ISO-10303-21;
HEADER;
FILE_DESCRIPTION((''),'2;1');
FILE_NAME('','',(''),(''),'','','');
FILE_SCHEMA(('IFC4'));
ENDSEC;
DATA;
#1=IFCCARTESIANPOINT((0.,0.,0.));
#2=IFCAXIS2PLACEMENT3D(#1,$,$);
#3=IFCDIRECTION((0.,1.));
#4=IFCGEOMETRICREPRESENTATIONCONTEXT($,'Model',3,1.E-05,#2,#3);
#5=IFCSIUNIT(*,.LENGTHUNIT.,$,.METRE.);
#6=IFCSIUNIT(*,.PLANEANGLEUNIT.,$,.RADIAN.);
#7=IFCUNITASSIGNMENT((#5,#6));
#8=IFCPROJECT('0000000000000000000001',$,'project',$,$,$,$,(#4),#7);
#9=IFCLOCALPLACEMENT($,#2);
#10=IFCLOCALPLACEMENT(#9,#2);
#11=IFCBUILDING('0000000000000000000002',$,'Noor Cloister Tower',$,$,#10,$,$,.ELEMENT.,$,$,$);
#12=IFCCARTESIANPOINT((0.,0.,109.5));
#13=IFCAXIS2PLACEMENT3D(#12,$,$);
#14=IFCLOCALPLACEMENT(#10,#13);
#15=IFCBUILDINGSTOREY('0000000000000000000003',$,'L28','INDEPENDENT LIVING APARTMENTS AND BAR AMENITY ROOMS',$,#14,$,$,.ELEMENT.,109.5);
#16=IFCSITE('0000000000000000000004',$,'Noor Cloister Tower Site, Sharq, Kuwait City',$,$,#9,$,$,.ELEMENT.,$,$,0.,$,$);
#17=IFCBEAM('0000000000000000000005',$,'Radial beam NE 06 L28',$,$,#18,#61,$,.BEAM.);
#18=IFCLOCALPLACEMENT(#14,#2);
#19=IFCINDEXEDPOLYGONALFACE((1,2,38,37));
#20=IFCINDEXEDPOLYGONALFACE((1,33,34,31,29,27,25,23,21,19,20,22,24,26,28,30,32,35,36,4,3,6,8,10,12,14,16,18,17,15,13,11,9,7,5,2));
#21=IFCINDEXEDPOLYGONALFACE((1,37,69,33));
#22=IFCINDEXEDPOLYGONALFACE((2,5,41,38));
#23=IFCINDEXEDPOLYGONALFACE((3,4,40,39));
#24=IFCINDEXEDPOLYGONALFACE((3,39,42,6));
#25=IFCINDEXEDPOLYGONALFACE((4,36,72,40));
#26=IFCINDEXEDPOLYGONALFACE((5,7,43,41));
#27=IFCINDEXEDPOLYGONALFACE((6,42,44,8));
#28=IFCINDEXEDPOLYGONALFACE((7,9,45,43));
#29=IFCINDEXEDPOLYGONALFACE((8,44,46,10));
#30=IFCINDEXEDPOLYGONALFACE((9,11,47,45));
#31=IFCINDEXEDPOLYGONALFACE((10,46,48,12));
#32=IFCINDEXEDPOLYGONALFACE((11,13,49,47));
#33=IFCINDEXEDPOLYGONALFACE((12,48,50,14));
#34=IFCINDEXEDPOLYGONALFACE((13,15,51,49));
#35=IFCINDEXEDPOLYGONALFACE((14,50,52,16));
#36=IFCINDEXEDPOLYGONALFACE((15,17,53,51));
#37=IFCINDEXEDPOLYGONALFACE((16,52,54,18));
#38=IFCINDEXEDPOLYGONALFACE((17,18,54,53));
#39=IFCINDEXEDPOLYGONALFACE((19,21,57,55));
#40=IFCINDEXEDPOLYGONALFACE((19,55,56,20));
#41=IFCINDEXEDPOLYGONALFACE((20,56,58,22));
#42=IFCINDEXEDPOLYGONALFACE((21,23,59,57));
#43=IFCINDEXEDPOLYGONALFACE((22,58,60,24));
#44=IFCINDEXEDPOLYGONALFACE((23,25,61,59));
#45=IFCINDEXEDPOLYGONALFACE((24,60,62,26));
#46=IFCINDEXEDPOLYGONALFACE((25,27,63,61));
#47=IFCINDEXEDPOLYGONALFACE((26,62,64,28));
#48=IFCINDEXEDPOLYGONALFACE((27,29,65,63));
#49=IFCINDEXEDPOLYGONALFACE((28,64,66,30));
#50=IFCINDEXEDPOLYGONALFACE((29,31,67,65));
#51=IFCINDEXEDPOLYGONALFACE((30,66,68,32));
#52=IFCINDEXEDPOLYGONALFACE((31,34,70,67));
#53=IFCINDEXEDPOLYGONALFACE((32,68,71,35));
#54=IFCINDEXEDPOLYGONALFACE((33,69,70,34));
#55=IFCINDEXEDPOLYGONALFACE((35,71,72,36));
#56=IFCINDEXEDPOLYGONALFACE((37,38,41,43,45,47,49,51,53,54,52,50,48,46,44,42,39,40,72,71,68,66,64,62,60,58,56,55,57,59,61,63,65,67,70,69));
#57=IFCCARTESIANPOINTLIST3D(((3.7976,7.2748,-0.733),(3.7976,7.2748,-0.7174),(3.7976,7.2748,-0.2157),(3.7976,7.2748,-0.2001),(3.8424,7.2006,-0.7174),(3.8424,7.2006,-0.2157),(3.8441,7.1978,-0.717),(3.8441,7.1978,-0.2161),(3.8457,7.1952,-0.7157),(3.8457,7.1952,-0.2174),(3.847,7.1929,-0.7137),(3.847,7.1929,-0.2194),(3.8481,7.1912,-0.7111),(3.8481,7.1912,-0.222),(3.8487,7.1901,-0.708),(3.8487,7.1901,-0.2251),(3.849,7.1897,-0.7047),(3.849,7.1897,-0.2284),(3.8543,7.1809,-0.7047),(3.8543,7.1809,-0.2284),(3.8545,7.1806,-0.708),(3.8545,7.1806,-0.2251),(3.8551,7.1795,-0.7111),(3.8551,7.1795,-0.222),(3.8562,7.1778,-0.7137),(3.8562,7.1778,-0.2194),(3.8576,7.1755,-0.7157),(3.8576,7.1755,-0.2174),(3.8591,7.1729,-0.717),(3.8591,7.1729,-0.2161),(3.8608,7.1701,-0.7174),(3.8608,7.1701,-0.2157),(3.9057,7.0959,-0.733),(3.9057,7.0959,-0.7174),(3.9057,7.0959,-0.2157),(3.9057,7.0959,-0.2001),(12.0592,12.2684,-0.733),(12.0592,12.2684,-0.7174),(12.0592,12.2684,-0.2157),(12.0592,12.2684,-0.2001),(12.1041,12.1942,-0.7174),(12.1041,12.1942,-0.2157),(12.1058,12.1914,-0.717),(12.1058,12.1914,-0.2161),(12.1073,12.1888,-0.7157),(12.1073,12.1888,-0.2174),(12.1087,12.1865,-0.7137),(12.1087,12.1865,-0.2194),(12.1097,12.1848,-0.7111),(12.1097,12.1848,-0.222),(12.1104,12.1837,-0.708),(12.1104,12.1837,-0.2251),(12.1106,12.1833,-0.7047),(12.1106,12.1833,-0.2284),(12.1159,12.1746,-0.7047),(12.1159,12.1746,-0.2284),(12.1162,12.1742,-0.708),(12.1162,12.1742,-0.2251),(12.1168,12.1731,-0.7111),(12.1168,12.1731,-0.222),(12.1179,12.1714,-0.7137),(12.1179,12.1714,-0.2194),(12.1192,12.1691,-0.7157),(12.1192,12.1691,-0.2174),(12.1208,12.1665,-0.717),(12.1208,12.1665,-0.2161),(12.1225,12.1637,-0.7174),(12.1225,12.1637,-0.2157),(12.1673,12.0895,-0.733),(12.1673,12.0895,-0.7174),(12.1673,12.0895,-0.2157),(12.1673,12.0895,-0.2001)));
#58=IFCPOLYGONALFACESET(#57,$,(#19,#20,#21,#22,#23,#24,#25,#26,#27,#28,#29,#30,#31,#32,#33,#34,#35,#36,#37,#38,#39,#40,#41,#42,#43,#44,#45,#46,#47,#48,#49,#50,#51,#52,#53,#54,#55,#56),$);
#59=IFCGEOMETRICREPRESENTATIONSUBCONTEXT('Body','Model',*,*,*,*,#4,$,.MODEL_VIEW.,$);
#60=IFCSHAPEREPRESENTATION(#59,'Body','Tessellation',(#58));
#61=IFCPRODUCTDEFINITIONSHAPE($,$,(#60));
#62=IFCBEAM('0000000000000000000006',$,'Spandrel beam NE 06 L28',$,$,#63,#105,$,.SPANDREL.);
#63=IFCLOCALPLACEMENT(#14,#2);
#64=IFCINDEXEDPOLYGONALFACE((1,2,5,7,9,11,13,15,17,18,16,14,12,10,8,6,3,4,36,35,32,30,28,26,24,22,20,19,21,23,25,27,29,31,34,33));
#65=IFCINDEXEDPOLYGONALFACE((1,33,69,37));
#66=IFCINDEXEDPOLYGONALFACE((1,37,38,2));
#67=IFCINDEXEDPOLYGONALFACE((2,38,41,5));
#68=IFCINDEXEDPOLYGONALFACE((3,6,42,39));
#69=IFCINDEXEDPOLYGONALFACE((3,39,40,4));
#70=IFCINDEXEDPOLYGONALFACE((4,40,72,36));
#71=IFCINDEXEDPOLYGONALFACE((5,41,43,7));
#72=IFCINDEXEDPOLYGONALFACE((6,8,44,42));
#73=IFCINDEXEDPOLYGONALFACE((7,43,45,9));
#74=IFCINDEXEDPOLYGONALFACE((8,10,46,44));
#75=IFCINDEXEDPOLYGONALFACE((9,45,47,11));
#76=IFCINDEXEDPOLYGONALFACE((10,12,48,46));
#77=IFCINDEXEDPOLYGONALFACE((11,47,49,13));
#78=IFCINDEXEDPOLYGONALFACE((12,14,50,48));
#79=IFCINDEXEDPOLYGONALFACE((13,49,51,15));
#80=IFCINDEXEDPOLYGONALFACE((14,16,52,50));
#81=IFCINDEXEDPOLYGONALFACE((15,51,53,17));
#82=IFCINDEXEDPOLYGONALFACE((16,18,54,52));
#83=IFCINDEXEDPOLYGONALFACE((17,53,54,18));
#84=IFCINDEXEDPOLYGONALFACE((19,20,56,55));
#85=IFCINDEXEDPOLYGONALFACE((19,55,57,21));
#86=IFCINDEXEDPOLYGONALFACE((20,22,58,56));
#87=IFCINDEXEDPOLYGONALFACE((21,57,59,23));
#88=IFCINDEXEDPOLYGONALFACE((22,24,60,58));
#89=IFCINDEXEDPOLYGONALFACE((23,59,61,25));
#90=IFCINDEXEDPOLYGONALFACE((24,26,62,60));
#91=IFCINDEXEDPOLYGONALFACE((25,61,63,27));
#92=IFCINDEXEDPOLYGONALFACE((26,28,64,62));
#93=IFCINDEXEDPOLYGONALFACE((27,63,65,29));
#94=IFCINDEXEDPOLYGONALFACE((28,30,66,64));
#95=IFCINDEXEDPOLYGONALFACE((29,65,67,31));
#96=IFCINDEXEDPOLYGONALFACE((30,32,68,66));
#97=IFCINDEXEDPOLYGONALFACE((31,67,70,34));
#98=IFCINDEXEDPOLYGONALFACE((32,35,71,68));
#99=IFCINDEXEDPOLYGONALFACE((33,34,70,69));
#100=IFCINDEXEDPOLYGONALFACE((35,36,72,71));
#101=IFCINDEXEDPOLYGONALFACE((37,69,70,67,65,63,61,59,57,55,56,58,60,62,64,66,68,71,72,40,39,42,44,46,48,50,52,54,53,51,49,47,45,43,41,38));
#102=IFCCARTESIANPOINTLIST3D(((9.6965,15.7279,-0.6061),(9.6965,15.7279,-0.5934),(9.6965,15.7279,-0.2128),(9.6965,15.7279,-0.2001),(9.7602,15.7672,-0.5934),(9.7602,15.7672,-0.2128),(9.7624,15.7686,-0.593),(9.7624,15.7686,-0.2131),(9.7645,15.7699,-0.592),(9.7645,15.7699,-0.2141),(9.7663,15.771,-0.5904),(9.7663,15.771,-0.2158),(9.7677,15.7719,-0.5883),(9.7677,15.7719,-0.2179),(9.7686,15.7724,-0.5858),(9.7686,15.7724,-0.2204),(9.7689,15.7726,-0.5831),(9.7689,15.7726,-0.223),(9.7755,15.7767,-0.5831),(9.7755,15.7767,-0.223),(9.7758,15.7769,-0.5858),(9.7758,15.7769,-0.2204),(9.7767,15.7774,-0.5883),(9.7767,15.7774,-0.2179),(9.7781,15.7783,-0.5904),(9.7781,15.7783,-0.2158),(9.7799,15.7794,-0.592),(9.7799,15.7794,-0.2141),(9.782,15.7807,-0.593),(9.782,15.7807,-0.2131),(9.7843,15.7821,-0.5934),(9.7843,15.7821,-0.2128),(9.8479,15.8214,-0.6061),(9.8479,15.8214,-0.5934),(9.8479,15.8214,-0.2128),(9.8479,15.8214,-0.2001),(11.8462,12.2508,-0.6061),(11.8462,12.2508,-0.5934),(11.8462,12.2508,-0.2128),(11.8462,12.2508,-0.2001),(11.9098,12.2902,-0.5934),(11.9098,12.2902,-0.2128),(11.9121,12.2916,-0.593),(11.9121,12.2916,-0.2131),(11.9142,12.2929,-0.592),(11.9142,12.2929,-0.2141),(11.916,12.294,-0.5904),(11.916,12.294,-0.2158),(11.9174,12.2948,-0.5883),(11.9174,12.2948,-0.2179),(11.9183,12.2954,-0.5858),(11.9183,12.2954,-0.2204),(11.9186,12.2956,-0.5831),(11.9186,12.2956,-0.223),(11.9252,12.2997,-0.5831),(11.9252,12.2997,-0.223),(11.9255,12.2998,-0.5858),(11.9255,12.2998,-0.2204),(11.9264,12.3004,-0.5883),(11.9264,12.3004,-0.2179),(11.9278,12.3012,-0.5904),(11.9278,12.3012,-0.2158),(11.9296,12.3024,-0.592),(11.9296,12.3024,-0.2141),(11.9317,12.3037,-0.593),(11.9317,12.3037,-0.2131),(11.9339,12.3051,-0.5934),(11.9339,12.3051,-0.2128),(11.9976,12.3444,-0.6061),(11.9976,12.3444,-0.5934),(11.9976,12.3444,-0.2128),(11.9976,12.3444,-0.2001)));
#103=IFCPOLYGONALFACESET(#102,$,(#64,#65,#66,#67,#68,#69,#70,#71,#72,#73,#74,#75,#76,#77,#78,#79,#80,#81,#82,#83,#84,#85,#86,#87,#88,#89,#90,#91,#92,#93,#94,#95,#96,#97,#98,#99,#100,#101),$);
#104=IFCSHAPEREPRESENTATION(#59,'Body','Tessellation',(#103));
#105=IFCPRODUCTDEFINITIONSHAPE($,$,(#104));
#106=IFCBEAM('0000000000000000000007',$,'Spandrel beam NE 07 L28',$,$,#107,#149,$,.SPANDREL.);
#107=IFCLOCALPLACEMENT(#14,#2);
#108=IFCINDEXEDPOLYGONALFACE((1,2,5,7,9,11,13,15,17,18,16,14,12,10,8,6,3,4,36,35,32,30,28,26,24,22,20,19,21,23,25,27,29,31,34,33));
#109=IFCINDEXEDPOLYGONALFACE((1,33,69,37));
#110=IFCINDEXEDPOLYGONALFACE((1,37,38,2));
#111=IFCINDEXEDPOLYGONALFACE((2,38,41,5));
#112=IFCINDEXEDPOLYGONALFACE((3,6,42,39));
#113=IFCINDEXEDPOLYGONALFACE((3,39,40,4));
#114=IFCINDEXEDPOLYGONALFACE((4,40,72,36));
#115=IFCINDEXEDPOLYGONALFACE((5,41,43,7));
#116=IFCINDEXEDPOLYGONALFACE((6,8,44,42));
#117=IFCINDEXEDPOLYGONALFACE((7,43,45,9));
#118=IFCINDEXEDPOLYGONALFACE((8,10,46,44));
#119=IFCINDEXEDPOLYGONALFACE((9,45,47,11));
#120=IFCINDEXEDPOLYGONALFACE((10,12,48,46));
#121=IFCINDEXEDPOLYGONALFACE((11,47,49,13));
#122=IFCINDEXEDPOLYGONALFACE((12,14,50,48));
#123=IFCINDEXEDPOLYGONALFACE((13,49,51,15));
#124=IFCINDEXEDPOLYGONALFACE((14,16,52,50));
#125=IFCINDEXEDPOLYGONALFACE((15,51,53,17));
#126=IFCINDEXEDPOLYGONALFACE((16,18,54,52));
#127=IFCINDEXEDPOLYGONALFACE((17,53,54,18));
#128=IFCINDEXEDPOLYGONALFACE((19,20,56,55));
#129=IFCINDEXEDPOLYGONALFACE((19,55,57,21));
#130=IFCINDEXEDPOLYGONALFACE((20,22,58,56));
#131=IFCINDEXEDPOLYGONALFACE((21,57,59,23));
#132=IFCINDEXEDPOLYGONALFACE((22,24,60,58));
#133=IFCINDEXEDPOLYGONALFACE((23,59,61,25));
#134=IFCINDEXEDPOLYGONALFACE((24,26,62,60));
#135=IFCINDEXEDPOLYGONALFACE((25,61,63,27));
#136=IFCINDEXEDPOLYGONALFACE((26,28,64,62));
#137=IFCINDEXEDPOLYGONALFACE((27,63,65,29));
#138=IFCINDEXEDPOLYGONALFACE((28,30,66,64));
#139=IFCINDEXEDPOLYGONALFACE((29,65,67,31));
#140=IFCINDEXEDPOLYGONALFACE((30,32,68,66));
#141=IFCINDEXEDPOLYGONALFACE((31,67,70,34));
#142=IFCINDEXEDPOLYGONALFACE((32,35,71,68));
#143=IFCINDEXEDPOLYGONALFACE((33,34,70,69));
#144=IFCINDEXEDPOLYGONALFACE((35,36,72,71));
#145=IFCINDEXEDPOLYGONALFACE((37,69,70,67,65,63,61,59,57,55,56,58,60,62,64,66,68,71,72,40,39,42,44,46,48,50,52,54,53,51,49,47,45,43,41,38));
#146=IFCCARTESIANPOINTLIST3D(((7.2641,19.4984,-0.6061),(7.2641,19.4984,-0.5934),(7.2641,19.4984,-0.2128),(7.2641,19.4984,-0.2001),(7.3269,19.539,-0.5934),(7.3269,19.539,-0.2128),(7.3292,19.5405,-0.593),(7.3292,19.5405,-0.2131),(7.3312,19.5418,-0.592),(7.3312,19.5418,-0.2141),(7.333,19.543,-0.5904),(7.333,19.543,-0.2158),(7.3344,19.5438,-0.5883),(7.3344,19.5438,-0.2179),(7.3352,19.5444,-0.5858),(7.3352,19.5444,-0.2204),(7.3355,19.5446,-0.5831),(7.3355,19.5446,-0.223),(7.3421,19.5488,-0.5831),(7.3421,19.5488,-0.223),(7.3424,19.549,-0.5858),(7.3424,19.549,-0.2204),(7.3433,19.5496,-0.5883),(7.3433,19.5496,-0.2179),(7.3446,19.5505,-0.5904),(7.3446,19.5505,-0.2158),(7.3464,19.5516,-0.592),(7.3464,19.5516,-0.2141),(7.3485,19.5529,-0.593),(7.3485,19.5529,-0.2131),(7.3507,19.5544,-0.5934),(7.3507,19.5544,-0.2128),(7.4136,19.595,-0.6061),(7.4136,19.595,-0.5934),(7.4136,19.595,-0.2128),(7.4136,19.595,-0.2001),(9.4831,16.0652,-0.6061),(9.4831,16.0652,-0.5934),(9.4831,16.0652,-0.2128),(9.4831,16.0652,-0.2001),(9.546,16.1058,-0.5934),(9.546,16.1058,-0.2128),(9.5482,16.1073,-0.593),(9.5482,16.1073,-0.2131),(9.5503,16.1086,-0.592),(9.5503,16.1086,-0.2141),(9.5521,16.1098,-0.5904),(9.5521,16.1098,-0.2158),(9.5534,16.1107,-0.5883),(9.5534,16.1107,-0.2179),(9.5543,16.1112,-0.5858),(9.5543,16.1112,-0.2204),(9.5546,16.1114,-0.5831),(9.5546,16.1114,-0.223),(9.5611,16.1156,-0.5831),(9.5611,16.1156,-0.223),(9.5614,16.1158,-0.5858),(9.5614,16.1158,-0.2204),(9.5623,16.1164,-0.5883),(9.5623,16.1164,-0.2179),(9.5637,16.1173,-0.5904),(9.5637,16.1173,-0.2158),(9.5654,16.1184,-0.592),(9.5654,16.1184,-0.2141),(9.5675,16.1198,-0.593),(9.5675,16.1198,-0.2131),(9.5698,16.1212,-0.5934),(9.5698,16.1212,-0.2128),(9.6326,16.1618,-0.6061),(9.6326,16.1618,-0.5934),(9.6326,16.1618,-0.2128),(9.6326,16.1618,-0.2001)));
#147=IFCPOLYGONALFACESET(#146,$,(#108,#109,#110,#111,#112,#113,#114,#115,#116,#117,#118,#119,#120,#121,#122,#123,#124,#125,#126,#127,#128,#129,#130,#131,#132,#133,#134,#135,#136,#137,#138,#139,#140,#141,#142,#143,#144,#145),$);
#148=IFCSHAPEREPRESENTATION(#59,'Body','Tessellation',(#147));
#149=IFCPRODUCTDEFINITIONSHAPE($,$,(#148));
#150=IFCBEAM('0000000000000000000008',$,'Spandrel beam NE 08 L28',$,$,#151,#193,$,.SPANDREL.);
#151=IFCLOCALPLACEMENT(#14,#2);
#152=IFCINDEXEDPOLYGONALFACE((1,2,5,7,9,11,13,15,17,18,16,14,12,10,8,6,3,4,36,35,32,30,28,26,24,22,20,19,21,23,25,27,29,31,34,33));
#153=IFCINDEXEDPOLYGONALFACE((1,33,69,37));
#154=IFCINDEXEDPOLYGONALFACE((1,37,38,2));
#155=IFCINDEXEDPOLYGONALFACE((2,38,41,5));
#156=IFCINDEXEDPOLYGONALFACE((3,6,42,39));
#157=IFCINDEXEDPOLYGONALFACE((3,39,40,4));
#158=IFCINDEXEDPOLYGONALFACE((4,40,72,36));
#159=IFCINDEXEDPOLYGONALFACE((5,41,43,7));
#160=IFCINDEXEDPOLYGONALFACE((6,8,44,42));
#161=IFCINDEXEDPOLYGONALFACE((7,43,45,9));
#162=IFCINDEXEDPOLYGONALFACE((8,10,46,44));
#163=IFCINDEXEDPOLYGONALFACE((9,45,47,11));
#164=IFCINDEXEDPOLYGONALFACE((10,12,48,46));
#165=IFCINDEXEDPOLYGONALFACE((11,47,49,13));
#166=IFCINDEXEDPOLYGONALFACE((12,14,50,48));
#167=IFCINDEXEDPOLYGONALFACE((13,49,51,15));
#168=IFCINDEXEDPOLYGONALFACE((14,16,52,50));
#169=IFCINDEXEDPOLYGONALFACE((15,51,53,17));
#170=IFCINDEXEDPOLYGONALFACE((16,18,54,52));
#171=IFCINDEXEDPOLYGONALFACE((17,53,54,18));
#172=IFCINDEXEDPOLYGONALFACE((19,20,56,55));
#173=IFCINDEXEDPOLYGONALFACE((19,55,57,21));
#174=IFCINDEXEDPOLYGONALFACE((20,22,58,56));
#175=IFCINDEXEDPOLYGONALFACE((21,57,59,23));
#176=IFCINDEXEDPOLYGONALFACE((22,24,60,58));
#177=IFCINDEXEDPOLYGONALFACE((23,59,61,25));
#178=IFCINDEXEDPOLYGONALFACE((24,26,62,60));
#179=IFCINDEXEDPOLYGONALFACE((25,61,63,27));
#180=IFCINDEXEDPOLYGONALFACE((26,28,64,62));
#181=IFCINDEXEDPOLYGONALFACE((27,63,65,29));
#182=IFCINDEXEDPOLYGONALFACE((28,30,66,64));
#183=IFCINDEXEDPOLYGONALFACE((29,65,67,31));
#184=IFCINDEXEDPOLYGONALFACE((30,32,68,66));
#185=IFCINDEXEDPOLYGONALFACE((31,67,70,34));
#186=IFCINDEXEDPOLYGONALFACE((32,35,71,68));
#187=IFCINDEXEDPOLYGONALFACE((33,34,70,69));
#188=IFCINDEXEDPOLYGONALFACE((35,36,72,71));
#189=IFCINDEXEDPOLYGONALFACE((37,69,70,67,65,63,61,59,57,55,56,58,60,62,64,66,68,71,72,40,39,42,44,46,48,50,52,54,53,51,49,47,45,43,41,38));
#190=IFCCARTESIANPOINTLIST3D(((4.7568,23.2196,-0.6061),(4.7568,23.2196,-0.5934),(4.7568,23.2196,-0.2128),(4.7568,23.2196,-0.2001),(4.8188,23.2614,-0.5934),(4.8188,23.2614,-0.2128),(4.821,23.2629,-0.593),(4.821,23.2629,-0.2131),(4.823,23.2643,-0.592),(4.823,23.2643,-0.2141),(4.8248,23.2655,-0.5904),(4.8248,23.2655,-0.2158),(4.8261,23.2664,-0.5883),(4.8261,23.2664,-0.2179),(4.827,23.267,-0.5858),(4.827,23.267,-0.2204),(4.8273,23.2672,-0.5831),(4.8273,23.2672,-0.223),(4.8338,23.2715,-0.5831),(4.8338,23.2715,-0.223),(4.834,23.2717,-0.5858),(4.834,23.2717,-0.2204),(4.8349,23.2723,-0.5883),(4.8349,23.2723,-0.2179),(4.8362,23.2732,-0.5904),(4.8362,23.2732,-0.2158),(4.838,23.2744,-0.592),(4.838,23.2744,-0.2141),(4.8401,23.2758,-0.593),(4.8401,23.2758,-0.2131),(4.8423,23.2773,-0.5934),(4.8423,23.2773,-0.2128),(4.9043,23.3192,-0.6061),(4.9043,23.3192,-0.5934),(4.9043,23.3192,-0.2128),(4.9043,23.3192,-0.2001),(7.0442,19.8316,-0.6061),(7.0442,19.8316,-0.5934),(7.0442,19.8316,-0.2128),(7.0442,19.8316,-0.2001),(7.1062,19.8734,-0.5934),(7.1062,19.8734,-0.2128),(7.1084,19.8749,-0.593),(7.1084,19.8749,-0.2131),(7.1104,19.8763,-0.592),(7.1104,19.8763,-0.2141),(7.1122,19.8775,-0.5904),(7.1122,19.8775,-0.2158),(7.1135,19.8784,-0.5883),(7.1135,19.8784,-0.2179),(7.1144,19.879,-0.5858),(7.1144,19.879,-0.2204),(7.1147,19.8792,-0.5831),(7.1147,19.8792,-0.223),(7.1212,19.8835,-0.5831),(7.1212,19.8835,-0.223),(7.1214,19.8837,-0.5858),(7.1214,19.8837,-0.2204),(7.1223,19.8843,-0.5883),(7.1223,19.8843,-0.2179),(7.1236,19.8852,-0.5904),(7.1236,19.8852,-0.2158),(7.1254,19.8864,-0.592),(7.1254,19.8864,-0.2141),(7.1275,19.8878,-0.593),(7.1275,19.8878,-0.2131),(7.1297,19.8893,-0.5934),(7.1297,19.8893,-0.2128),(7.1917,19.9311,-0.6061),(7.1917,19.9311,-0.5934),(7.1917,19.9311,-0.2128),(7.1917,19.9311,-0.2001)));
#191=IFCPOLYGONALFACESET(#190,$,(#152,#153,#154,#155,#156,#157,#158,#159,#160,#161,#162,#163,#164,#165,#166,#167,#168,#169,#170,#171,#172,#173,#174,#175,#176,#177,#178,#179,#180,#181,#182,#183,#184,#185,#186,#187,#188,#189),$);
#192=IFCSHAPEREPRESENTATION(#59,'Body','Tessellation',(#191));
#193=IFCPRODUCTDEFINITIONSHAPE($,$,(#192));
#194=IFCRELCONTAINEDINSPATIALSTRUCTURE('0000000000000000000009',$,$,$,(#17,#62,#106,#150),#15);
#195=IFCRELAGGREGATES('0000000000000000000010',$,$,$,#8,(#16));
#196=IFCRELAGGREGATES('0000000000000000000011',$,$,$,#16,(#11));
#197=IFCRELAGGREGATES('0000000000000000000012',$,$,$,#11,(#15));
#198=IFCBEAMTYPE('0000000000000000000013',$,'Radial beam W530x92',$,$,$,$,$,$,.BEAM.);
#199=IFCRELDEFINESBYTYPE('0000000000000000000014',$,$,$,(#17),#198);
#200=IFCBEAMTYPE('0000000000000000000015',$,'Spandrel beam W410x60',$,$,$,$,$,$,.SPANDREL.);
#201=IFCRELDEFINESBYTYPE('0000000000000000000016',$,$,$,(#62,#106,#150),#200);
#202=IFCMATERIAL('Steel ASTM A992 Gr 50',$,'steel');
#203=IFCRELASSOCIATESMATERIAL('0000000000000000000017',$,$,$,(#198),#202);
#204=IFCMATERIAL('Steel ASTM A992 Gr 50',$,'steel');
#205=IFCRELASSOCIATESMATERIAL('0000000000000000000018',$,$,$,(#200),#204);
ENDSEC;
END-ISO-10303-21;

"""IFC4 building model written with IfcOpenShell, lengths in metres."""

from ifc_helpers import new_model, si_unit, direction, frame, origin, origin_2d, place, context, subcontext, project, spatial, i_section, extrude, material, material_profile, profile_set, type_object, element, save


model = new_model("IFC4")

# Units and contexts
model_context = context("Model", 3, precision=1e-05, world=origin(), true_north=direction((0.0, 1.0)))
body_context = subcontext(model_context, "Body", "Model", "MODEL_VIEW")
ifc_project = project(units=[si_unit("LENGTHUNIT", "METRE"), si_unit("PLANEANGLEUNIT", "RADIAN")], contexts=[model_context])

# Site, building, storey
site_placement = place(None, origin())
site = spatial("IfcSite", under=ifc_project, at=site_placement, Name="Noor Cloister Tower Site, Sharq, Kuwait City", CompositionType="ELEMENT", RefElevation=0.0)
building_placement = place(site_placement, origin())
building = spatial("IfcBuilding", under=site, at=building_placement, Name="Noor Cloister Tower", CompositionType="ELEMENT")
storey_placement = place(building_placement, frame((0.0, 0.0, 109.5)))
storey = spatial("IfcBuildingStorey", under=building, at=storey_placement, Name="L28", Description="INDEPENDENT LIVING APARTMENTS AND BAR AMENITY ROOMS", CompositionType="ELEMENT", Elevation=109.5)

# Beams
ifc_material_1 = material(Name="Steel ASTM A992 Gr 50", Category="steel")
ifc_material_profile_1 = material_profile(ifc_material_1, i_section(OverallWidth=0.209, OverallDepth=0.533, WebThickness=0.0103, FlangeThickness=0.0156, FilletRadius=0.0127, at=origin_2d()), Name="W530x92")
ifc_profile_set_1 = profile_set([ifc_material_profile_1], Name="Steel ASTM A992 Gr 50")
beam_type_1 = type_object("IfcBeamType", Name="Radial beam W530x92", PredefinedType="BEAM", material=ifc_profile_set_1)
beam_1_placement = place(storey_placement, frame((12.1133, 12.179, -0.4666), z_axis=(-0.855815, -0.517282, 0.0), x_axis=(0.517282, -0.855815, 0.0)))
element("IfcBeam", 1, at=beam_1_placement, inside=storey, type_object=beam_type_1, Name="Radial beam NE 06 L28", PredefinedType="BEAM", context=body_context, shape_type="SweptSolid", body=[
    extrude(i_section(OverallWidth=0.209, OverallDepth=0.533, WebThickness=0.0103, FlangeThickness=0.0156, FilletRadius=0.0127, at=origin_2d()), origin(), (0.0, 0.0, 1.0), 9.6536),
])
ifc_material_2 = material(Name="Steel ASTM A992 Gr 50", Category="steel")
ifc_material_profile_2 = material_profile(ifc_material_2, i_section(OverallWidth=0.178, OverallDepth=0.406, WebThickness=0.0078, FlangeThickness=0.0127, FilletRadius=0.0103, at=origin_2d()), Name="W410x60")
ifc_profile_set_2 = profile_set([ifc_material_profile_2], Name="Steel ASTM A992 Gr 50")
beam_type_2 = type_object("IfcBeamType", Name="Spandrel beam W410x60", PredefinedType="SPANDREL", material=ifc_profile_set_2)
for number, where, z_axis, x_axis, name in (
    (2, (11.9219, 12.2976, -0.4031), (-0.525859, 0.850572, 0.0), (-0.850572, -0.525859, 0.0), "Spandrel beam NE 06 L28"),
    (3, (9.5579, 16.1135, -0.4031), (-0.542833, 0.839841, 0.0), (-0.839841, -0.542833, 0.0), "Spandrel beam NE 07 L28"),
    (4, (7.1179, 19.8813, -0.4031), (-0.559556, 0.828793, 0.0), (-0.828793, -0.559556, 0.0), "Spandrel beam NE 08 L28"),
):
    element("IfcBeam", number, at=place(storey_placement, frame(where, z_axis=z_axis, x_axis=x_axis)), inside=storey, type_object=beam_type_2, Name=name, PredefinedType="SPANDREL", context=body_context, shape_type="SweptSolid", body=[
        extrude(i_section(OverallWidth=0.178, OverallDepth=0.406, WebThickness=0.0078, FlangeThickness=0.0127, FilletRadius=0.0103, at=origin_2d()), origin(), (0.0, 0.0, 1.0), 4.0879),
    ])

save(model, "model.ifc")
